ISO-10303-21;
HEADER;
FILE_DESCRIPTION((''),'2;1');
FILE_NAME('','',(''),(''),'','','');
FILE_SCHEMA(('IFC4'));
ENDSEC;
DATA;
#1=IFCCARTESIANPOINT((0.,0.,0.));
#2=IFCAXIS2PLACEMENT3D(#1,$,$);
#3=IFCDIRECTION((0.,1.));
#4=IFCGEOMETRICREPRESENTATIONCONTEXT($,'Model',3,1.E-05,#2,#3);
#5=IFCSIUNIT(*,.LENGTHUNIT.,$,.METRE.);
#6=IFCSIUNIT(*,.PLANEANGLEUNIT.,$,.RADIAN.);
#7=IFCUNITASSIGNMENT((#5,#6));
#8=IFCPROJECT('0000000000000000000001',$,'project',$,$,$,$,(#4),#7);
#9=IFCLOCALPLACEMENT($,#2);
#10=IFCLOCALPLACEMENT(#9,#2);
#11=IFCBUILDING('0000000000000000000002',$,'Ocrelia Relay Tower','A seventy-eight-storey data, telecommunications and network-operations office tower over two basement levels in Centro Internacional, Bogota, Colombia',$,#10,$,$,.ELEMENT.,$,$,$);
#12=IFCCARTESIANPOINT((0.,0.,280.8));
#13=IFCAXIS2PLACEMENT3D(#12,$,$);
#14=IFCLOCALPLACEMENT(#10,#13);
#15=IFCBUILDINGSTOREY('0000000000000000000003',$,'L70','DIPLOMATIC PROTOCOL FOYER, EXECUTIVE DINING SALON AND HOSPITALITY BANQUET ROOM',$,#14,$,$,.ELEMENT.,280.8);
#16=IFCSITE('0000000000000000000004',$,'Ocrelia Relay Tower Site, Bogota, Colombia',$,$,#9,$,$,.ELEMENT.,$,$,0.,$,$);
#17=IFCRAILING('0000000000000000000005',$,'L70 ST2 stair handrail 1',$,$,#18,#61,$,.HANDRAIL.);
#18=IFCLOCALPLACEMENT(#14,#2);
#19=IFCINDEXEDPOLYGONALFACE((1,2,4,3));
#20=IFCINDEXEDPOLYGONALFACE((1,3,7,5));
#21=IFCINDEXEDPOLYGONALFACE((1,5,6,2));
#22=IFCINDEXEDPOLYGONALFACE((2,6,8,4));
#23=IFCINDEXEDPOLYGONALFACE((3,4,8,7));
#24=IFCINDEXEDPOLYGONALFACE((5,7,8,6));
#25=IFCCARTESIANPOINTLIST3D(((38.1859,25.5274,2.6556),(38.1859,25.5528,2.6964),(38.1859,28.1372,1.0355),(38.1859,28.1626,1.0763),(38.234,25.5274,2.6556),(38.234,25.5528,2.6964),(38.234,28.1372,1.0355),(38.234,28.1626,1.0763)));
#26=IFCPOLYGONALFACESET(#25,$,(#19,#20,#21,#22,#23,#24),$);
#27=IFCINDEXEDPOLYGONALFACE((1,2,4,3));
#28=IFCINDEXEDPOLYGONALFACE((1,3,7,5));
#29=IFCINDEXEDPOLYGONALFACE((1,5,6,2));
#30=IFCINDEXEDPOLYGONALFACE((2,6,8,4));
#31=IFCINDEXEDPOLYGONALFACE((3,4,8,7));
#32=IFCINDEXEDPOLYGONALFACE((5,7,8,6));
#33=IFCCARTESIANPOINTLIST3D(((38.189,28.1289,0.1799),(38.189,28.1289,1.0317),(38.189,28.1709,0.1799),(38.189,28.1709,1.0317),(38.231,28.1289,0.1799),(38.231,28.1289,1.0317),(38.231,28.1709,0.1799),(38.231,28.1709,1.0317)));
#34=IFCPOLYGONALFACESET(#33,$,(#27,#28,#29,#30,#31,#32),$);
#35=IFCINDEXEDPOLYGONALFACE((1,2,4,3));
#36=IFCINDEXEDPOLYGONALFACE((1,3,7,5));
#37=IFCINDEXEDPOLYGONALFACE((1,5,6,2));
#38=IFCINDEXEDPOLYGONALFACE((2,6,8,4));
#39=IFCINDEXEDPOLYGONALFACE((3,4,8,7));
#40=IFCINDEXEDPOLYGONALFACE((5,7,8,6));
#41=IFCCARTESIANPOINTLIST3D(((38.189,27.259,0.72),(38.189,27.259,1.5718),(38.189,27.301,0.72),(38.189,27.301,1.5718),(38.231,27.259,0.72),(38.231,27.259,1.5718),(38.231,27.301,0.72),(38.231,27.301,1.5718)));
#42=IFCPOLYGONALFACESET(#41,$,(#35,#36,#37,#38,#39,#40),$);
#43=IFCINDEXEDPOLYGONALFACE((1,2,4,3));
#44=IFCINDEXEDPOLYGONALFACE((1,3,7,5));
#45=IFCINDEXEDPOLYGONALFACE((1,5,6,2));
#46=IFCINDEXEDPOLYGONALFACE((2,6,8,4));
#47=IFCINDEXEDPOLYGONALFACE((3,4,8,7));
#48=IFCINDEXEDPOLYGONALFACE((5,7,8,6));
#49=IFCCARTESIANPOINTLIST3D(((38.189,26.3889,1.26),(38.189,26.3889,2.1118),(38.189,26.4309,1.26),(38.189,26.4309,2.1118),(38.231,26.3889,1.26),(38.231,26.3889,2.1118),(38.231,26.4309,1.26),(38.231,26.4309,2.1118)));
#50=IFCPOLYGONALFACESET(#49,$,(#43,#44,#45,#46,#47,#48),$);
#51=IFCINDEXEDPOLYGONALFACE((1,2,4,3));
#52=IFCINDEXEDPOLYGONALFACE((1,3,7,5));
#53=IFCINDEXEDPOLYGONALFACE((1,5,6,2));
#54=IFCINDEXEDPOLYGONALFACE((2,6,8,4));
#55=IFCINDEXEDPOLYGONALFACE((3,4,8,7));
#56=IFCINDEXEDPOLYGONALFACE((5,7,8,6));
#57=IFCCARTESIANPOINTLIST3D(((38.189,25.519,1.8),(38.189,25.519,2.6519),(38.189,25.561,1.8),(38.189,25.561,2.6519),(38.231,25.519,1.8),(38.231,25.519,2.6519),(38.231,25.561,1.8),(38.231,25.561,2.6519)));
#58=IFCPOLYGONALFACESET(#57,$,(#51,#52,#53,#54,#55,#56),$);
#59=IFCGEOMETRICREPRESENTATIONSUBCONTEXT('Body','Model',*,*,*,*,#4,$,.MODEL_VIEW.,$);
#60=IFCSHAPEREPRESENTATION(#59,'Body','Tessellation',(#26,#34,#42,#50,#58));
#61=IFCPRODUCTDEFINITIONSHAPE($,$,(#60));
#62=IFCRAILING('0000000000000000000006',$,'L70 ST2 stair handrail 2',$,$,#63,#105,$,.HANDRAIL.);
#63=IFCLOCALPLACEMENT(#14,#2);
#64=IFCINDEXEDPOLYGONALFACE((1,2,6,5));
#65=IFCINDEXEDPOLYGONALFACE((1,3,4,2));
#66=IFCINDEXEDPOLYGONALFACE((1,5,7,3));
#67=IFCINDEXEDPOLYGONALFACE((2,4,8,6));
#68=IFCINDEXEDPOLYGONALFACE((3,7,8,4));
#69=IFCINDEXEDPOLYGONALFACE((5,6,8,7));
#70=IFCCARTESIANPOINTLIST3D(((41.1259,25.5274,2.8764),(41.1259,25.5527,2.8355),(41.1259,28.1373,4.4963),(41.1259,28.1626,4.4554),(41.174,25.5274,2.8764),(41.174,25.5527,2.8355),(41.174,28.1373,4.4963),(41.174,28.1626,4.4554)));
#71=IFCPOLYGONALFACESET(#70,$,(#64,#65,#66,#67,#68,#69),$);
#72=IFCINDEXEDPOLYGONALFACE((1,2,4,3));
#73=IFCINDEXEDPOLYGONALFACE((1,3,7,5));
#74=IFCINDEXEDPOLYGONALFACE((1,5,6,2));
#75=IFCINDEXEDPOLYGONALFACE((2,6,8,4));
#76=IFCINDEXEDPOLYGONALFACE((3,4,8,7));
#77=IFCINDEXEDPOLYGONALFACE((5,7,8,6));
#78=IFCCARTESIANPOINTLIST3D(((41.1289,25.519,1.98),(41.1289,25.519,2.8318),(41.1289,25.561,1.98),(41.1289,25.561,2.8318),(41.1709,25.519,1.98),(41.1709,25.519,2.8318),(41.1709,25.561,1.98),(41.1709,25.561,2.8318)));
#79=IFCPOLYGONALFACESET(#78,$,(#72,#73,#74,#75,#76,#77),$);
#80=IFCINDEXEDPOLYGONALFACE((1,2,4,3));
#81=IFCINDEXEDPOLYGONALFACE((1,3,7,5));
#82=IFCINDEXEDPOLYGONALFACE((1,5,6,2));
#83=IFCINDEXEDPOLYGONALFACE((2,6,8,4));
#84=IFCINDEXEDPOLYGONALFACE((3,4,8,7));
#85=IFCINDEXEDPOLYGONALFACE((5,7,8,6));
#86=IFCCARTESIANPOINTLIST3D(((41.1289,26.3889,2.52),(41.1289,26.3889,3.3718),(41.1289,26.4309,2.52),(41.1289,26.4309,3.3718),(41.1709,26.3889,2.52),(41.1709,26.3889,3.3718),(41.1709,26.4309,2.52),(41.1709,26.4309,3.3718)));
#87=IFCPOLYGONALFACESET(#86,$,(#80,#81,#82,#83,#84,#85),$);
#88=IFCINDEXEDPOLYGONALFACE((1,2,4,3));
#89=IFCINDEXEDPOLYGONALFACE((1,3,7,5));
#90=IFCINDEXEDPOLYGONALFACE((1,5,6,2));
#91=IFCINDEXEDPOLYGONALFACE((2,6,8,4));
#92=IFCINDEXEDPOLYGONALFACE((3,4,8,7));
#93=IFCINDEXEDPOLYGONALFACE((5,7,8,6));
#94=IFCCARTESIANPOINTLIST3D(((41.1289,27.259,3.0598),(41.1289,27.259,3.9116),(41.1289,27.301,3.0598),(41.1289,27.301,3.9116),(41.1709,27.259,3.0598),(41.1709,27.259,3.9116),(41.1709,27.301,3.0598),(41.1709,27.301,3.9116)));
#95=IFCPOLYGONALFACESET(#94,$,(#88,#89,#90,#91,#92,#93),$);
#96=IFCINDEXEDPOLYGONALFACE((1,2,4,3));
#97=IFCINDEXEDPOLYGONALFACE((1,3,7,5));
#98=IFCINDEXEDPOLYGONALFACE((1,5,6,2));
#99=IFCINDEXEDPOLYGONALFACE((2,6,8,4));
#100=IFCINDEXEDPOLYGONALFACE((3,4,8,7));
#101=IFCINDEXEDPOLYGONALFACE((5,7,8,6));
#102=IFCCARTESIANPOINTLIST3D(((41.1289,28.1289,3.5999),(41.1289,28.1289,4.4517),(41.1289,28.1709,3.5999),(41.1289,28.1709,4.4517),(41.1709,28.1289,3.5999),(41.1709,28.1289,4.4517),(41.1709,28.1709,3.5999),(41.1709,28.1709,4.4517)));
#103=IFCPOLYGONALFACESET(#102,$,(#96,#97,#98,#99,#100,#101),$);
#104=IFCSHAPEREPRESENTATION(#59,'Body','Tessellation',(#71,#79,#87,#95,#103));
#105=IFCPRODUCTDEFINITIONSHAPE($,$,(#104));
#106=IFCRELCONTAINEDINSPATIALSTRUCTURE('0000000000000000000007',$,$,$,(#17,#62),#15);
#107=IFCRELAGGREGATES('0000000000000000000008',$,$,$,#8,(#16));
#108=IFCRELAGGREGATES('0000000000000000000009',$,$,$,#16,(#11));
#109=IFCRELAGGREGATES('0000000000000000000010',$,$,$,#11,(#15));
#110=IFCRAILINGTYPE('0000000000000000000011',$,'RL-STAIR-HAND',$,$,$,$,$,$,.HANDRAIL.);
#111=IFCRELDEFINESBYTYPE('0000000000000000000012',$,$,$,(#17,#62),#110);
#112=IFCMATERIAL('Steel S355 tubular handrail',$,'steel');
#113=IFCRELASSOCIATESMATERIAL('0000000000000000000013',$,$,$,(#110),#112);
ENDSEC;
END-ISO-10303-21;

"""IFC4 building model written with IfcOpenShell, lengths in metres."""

from ifc_helpers import new_model, si_unit, direction, frame, origin, origin_2d, place, context, subcontext, project, spatial, rectangle, extrude, material, type_object, element, save


model = new_model("IFC4")

# Units and contexts
model_context = context("Model", 3, precision=1e-05, world=origin(), true_north=direction((0.0, 1.0)))
body_context = subcontext(model_context, "Body", "Model", "MODEL_VIEW")
ifc_project = project(units=[si_unit("LENGTHUNIT", "METRE"), si_unit("PLANEANGLEUNIT", "RADIAN")], contexts=[model_context])

# Site, building, storey
site_placement = place(None, origin())
site = spatial("IfcSite", under=ifc_project, at=site_placement, Name="Ocrelia Relay Tower Site, Bogota, Colombia", CompositionType="ELEMENT", RefElevation=0.0)
building_placement = place(site_placement, origin())
building = spatial("IfcBuilding", under=site, at=building_placement, Name="Ocrelia Relay Tower", Description="A seventy-eight-storey data, telecommunications and network-operations office tower over two basement levels in Centro Internacional, Bogota, Colombia", CompositionType="ELEMENT")
storey_placement = place(building_placement, frame((0.0, 0.0, 280.8)))
storey = spatial("IfcBuildingStorey", under=building, at=storey_placement, Name="L70", Description="DIPLOMATIC PROTOCOL FOYER, EXECUTIVE DINING SALON AND HOSPITALITY BANQUET ROOM", CompositionType="ELEMENT", Elevation=280.8)

# Railings
ifc_material_1 = material(Name="Steel S355 tubular handrail", Category="steel")
railing_type_1 = type_object("IfcRailingType", Name="RL-STAIR-HAND", PredefinedType="HANDRAIL", material=ifc_material_1)
railing_1_placement = place(storey_placement, frame((38.21, 28.1499, 0.1799)))
element("IfcRailing", 1, at=railing_1_placement, inside=storey, type_object=railing_type_1, Name="L70 ST2 stair handrail 1", PredefinedType="HANDRAIL", context=body_context, shape_type="SweptSolid", body=[
    extrude(rectangle(XDim=0.0481, YDim=0.0481, at=origin_2d()), frame((0.0, 0.0, 0.876), z_axis=(0.0, -0.849611, 0.52741), x_axis=(1.0, 0.0, 0.0)), (0.0, 0.0, 1.0), 3.0718),
    extrude(rectangle(XDim=0.042, YDim=0.042, at=origin_2d()), origin(), (0.0, 0.0, 1.0), 0.8518),
    extrude(rectangle(XDim=0.042, YDim=0.042, at=origin_2d()), frame((0.0, -0.8699, 0.54)), (0.0, 0.0, 1.0), 0.8518),
    extrude(rectangle(XDim=0.042, YDim=0.042, at=origin_2d()), frame((0.0, -1.74, 1.0801)), (0.0, 0.0, 1.0), 0.8518),
    extrude(rectangle(XDim=0.042, YDim=0.042, at=origin_2d()), frame((0.0, -2.6099, 1.6201)), (0.0, 0.0, 1.0), 0.8518),
])
railing_2_placement = place(storey_placement, frame((41.1499, 25.54, 1.98)))
element("IfcRailing", 2, at=railing_2_placement, inside=storey, type_object=railing_type_1, Name="L70 ST2 stair handrail 2", PredefinedType="HANDRAIL", context=body_context, shape_type="SweptSolid", body=[
    extrude(rectangle(XDim=0.0481, YDim=0.0481, at=origin_2d()), frame((0.0, 0.0, 0.876), z_axis=(0.0, 0.849646, 0.527353), x_axis=(-1.0, 0.0, 0.0)), (0.0, 0.0, 1.0), 3.0718),
    extrude(rectangle(XDim=0.042, YDim=0.042, at=origin_2d()), origin(), (0.0, 0.0, 1.0), 0.8518),
    extrude(rectangle(XDim=0.042, YDim=0.042, at=origin_2d()), frame((0.0, 0.8699, 0.54)), (0.0, 0.0, 1.0), 0.8518),
    extrude(rectangle(XDim=0.042, YDim=0.042, at=origin_2d()), frame((0.0, 1.74, 1.0798)), (0.0, 0.0, 1.0), 0.8518),
    extrude(rectangle(XDim=0.042, YDim=0.042, at=origin_2d()), frame((0.0, 2.6099, 1.6199)), (0.0, 0.0, 1.0), 0.8518),
])

save(model, "model.ifc")
